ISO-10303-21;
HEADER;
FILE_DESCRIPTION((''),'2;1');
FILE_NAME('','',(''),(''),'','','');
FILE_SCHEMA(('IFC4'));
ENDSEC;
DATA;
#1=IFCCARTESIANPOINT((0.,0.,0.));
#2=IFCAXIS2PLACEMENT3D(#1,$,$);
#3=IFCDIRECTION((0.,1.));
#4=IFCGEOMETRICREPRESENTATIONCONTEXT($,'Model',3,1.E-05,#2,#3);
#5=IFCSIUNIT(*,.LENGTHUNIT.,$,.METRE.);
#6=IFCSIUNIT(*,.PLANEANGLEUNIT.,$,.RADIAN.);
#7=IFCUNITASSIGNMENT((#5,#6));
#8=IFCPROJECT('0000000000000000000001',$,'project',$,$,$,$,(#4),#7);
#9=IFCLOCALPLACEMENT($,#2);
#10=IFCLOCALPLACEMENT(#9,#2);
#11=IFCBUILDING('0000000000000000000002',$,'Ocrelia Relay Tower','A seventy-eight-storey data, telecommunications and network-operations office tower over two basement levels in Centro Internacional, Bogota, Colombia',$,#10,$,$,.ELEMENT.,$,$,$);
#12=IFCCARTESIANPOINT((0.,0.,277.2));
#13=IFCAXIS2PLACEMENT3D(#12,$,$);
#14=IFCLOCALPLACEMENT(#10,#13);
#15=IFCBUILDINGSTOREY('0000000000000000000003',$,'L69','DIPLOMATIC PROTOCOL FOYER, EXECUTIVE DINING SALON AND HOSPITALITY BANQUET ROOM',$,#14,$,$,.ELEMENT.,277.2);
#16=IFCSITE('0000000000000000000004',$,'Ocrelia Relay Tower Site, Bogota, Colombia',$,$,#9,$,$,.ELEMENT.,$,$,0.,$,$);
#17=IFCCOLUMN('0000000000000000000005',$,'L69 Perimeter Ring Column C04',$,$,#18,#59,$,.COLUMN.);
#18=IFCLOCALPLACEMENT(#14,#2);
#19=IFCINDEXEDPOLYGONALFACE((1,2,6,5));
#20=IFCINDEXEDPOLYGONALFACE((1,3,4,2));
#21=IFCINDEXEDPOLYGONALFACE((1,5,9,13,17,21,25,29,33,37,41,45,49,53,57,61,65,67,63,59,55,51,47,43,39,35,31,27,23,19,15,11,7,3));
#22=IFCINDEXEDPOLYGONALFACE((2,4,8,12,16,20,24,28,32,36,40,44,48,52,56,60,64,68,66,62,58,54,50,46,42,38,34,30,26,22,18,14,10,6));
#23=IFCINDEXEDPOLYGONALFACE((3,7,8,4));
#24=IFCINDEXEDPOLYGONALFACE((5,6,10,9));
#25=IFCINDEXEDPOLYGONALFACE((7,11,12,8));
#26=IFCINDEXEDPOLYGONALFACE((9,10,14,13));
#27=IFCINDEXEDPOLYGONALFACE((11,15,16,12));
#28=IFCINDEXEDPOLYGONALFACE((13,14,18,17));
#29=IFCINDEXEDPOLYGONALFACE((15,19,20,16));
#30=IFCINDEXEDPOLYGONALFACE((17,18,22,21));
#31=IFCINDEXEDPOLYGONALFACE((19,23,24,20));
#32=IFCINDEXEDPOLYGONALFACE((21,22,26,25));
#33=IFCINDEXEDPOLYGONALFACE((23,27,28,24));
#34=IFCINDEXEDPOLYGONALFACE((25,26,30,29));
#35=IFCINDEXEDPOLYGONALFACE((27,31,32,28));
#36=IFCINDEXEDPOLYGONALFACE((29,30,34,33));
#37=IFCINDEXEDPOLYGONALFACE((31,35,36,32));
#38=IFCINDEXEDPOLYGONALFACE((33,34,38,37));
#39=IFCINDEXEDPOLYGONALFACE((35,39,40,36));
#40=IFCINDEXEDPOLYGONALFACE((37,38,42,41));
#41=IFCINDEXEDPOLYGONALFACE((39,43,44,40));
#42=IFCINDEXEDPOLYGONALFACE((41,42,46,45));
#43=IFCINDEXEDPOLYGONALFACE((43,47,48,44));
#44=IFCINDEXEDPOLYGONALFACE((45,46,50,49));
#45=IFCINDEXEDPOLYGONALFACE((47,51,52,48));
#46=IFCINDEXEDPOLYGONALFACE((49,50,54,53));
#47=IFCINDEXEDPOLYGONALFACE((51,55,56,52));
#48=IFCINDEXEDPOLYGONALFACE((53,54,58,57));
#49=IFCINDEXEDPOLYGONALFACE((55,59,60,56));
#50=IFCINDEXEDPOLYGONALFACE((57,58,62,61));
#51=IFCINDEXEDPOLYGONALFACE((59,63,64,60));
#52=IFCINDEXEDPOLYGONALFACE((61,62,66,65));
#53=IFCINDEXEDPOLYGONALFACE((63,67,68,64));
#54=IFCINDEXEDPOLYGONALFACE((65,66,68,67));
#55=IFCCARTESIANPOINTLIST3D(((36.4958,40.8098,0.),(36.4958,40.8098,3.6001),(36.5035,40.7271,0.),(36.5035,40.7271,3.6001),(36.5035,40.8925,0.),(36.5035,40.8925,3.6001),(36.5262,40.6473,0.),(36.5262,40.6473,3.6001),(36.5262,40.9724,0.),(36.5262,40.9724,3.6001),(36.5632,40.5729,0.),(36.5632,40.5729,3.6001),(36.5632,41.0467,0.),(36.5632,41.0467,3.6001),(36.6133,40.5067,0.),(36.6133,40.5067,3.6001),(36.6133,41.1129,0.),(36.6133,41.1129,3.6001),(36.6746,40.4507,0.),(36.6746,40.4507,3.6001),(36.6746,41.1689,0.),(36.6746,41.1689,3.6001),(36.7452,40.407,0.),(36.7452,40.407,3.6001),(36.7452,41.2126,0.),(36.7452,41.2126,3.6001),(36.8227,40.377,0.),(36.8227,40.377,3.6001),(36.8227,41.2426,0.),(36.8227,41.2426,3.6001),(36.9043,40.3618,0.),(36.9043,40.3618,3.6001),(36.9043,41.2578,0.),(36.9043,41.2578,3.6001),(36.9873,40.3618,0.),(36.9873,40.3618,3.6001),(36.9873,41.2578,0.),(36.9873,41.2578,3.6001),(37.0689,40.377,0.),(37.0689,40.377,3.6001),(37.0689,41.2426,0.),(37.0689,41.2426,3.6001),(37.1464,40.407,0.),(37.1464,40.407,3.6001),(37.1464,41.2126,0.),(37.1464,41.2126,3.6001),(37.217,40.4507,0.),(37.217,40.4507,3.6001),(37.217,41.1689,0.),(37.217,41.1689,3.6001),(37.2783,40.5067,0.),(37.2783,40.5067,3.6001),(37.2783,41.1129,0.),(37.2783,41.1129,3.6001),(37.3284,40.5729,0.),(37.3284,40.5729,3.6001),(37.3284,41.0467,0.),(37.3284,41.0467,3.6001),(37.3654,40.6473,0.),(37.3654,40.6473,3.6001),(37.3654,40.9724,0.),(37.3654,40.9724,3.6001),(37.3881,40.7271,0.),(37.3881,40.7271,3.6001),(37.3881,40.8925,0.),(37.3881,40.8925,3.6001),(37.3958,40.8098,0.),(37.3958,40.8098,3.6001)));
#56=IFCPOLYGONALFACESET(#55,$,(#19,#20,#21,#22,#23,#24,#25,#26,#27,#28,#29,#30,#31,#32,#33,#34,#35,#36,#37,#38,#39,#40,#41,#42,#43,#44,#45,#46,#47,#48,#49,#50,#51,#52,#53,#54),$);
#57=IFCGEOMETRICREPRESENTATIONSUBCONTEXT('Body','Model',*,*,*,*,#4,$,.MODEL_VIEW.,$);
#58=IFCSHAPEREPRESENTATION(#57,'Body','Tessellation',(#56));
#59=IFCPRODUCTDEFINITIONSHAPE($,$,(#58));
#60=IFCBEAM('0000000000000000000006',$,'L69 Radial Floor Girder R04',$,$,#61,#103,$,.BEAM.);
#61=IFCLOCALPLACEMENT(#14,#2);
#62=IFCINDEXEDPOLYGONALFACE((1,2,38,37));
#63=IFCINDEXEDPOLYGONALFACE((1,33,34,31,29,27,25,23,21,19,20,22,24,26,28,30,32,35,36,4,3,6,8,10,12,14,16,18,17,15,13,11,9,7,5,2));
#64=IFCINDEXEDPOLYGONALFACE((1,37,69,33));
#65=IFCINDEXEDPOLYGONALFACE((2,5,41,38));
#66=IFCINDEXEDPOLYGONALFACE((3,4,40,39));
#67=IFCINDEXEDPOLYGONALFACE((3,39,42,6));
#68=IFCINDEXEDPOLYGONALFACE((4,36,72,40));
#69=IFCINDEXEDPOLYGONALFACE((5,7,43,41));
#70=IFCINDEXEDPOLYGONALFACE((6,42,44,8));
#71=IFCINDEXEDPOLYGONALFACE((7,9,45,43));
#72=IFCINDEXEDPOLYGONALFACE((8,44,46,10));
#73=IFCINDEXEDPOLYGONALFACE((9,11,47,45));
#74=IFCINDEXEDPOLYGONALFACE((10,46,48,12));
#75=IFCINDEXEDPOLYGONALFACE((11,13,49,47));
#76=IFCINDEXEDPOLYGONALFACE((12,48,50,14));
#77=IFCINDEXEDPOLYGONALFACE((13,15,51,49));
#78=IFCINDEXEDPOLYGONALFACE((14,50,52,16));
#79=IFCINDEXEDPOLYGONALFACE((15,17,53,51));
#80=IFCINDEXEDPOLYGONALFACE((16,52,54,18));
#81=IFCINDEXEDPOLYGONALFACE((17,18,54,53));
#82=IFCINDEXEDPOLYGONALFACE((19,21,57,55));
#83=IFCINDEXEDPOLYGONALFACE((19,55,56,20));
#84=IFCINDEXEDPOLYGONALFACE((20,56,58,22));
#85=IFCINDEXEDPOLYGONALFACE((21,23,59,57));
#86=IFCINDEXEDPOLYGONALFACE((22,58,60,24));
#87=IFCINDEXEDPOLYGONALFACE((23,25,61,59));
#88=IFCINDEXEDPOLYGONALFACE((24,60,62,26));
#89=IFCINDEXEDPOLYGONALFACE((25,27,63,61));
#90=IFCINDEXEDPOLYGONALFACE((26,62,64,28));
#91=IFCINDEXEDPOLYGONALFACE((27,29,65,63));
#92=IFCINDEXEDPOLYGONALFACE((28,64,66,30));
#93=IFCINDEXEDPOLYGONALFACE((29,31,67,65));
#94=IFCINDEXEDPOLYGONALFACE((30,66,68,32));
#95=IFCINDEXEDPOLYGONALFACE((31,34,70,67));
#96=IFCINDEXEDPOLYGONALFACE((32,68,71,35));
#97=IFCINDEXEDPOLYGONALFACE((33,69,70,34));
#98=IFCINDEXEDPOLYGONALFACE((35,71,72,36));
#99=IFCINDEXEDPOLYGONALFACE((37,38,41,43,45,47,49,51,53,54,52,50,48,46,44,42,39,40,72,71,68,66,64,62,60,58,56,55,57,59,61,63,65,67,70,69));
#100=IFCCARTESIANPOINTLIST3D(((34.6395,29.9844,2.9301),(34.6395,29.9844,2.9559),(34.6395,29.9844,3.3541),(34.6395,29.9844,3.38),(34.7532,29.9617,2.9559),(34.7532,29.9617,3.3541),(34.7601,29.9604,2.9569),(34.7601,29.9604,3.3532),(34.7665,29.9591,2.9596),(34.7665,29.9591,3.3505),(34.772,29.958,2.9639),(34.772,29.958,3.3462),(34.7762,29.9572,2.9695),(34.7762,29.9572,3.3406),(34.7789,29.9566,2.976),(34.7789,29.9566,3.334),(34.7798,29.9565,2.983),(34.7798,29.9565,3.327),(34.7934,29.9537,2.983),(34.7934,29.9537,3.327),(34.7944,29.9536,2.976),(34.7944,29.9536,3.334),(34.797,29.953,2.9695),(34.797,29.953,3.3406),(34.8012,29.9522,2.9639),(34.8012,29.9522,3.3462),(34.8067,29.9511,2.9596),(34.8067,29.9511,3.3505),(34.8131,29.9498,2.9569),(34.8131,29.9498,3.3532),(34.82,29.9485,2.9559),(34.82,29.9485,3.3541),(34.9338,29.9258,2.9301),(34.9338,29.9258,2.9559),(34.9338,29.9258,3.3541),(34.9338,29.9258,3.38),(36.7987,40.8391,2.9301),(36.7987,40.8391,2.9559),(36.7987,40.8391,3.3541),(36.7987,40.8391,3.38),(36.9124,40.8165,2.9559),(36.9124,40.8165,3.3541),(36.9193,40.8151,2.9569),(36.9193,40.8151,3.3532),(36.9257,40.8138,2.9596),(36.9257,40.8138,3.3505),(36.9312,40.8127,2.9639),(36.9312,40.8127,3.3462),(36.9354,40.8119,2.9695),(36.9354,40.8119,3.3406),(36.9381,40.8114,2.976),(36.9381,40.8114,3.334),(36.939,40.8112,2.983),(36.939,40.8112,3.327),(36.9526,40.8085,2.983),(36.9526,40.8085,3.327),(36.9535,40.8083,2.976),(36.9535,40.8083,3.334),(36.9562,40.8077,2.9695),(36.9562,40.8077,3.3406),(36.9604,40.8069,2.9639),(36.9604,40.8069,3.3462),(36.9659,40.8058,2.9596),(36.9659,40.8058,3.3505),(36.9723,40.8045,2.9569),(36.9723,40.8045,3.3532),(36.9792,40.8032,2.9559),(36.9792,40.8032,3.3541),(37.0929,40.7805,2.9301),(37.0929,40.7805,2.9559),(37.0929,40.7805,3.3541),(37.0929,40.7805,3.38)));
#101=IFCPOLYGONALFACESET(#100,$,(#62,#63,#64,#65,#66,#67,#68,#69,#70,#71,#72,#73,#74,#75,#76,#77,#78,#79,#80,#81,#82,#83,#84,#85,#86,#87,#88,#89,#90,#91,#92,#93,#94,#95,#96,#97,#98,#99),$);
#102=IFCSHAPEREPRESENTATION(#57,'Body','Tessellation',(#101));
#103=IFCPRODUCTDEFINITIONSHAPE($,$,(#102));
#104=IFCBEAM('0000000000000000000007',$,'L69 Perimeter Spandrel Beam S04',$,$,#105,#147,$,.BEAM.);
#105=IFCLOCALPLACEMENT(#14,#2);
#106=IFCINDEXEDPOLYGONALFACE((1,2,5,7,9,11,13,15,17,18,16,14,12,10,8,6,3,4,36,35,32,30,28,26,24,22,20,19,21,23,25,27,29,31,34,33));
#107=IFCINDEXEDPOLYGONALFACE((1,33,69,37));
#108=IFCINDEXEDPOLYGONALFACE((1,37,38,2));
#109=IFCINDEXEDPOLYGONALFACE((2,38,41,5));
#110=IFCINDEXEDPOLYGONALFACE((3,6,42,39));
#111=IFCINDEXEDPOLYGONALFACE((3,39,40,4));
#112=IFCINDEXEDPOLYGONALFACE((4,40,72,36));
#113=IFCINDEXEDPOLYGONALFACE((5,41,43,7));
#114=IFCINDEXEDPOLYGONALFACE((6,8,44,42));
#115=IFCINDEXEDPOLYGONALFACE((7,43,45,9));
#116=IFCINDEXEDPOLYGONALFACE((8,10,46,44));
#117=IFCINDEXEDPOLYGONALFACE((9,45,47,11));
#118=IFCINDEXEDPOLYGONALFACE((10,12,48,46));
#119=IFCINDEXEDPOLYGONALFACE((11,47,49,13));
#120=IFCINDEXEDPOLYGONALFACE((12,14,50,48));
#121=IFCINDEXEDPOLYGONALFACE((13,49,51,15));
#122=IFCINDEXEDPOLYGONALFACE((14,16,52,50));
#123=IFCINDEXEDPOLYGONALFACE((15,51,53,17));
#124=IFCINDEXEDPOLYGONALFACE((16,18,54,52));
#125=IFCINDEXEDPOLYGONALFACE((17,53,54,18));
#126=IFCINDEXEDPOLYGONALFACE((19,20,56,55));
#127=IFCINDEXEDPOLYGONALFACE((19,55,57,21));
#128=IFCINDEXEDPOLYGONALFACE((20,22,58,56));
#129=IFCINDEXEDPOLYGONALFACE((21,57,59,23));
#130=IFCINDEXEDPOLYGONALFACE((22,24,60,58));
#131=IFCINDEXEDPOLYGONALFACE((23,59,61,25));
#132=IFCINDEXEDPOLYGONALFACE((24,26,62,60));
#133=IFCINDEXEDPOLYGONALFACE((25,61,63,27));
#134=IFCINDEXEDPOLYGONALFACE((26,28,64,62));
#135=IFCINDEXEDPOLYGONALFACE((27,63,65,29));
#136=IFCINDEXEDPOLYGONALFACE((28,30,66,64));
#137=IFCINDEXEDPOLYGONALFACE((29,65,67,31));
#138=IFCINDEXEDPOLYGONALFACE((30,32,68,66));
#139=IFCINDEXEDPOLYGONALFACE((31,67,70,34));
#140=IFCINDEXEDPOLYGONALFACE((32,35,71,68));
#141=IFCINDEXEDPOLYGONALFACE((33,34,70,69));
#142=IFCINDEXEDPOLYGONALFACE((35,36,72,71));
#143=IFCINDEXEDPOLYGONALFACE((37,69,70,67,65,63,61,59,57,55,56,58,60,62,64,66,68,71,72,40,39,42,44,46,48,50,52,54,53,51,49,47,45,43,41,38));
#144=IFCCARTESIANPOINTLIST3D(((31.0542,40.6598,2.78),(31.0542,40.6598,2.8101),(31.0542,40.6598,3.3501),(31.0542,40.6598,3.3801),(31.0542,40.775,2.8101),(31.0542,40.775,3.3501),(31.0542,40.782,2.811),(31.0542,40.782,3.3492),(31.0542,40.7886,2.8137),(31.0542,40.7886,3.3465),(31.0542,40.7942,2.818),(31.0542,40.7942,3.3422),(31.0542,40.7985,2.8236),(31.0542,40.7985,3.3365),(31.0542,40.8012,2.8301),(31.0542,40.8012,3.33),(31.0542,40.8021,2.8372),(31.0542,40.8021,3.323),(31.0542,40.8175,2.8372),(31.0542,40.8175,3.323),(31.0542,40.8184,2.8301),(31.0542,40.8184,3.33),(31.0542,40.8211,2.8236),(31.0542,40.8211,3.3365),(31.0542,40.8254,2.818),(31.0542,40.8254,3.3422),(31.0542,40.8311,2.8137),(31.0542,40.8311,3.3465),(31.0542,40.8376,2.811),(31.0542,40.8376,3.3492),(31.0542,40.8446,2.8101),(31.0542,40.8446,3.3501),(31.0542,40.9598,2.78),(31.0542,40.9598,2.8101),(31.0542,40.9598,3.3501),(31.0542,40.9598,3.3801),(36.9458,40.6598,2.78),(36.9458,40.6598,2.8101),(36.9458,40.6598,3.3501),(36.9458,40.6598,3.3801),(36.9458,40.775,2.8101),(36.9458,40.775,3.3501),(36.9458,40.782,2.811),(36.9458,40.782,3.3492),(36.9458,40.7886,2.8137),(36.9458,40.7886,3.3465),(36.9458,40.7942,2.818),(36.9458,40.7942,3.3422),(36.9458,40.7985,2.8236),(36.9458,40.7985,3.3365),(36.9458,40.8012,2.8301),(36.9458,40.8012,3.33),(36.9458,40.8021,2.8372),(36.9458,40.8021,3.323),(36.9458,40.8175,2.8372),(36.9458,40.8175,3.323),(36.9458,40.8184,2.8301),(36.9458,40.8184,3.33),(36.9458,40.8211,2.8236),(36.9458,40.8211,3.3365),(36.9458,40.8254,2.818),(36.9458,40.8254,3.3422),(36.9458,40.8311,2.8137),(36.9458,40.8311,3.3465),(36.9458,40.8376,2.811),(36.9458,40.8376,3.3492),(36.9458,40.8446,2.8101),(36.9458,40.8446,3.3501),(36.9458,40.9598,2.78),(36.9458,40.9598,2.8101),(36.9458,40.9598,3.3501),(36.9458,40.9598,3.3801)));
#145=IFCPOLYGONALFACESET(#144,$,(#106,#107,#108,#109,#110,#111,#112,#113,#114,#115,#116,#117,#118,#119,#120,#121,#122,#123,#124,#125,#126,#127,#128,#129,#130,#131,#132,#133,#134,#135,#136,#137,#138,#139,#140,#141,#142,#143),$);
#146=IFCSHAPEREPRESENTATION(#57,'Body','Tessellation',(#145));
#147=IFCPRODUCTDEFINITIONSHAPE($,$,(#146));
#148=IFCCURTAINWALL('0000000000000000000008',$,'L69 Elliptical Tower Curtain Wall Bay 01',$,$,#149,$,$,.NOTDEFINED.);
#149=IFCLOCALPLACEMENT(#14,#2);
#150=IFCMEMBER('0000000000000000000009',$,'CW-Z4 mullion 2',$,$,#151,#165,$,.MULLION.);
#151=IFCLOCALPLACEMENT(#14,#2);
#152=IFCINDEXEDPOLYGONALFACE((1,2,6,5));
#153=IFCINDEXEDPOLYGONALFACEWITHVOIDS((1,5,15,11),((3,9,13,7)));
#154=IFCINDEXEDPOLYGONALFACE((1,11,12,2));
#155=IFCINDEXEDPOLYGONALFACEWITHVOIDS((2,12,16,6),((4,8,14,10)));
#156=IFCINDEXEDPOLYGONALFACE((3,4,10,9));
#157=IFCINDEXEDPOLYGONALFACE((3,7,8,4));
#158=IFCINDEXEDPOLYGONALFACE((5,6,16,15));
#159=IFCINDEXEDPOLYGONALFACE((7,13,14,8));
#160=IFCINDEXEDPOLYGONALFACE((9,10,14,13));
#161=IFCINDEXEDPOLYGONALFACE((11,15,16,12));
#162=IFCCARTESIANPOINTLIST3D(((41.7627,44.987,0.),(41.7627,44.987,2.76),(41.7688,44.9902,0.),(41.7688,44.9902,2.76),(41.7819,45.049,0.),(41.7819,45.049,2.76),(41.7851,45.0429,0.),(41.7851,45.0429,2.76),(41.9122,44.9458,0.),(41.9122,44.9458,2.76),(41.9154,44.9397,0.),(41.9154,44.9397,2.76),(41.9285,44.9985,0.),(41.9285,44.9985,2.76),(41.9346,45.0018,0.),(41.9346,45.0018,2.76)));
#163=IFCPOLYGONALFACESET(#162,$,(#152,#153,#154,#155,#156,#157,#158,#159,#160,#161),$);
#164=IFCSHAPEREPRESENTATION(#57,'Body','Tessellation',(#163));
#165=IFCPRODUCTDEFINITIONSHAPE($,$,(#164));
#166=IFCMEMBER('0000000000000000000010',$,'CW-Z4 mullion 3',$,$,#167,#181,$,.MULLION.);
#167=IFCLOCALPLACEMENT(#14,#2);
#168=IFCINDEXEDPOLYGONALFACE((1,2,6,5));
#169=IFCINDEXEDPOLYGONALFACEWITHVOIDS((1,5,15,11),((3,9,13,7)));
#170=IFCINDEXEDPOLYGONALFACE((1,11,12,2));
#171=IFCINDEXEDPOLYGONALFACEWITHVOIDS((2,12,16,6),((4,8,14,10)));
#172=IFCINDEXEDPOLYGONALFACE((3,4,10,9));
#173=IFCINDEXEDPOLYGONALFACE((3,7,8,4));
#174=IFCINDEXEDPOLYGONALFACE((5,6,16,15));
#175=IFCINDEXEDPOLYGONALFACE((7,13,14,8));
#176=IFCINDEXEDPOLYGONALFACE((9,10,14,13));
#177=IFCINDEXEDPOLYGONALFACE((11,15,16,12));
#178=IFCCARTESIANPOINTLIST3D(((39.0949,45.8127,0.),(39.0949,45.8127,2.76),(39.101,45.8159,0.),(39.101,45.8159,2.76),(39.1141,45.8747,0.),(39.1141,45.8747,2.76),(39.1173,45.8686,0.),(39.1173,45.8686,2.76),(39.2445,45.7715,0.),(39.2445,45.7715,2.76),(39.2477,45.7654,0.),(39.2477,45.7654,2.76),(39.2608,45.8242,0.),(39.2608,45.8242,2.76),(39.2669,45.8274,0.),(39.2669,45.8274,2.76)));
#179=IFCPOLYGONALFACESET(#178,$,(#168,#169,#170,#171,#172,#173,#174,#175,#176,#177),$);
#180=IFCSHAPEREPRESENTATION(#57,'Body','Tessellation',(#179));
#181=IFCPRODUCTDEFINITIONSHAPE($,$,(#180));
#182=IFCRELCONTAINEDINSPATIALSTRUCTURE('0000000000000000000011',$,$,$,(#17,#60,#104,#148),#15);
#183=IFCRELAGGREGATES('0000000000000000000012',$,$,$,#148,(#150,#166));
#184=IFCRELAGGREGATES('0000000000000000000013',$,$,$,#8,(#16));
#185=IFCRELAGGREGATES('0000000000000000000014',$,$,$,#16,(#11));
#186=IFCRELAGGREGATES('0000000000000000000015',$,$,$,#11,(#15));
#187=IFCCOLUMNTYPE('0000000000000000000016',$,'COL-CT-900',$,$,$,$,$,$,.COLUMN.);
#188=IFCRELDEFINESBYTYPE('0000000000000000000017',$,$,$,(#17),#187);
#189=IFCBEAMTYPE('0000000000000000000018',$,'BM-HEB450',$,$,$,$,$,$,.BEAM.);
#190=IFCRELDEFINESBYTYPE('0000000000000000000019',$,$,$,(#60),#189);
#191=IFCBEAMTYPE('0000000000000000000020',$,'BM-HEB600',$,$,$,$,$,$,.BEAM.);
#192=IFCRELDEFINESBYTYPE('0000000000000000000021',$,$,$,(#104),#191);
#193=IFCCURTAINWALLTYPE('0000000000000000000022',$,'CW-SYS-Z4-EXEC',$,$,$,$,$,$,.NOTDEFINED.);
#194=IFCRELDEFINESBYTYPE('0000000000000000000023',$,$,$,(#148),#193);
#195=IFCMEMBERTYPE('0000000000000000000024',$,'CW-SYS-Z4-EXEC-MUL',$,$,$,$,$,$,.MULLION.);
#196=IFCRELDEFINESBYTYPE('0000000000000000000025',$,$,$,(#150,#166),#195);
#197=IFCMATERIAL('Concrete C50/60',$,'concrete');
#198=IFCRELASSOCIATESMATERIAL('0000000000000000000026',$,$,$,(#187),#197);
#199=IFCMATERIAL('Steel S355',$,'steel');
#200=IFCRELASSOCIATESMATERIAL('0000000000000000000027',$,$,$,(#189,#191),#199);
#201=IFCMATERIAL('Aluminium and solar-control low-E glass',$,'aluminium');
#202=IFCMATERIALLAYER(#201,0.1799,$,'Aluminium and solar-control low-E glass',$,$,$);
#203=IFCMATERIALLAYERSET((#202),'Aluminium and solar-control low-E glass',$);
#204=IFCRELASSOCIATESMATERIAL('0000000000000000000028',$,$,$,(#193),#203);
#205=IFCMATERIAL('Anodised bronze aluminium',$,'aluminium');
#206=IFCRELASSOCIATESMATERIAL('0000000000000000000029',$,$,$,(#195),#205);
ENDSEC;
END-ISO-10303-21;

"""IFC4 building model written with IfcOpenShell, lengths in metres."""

from ifc_helpers import new_model, si_unit, direction, frame, origin, origin_2d, place, context, subcontext, project, spatial, hollow_rectangle, circle, i_section, extrude, material, layer, layer_set, material_profile, profile_set, type_object, element, aggregate, save


model = new_model("IFC4")

# Units and contexts
model_context = context("Model", 3, precision=1e-05, world=origin(), true_north=direction((0.0, 1.0)))
body_context = subcontext(model_context, "Body", "Model", "MODEL_VIEW")
ifc_project = project(units=[si_unit("LENGTHUNIT", "METRE"), si_unit("PLANEANGLEUNIT", "RADIAN")], contexts=[model_context])

# Site, building, storey
site_placement = place(None, origin())
site = spatial("IfcSite", under=ifc_project, at=site_placement, Name="Ocrelia Relay Tower Site, Bogota, Colombia", CompositionType="ELEMENT", RefElevation=0.0)
building_placement = place(site_placement, origin())
building = spatial("IfcBuilding", under=site, at=building_placement, Name="Ocrelia Relay Tower", Description="A seventy-eight-storey data, telecommunications and network-operations office tower over two basement levels in Centro Internacional, Bogota, Colombia", CompositionType="ELEMENT")
storey_placement = place(building_placement, frame((0.0, 0.0, 277.2)))
storey = spatial("IfcBuildingStorey", under=building, at=storey_placement, Name="L69", Description="DIPLOMATIC PROTOCOL FOYER, EXECUTIVE DINING SALON AND HOSPITALITY BANQUET ROOM", CompositionType="ELEMENT", Elevation=277.2)

# Column
ifc_material_1 = material(Name="Concrete C50/60", Category="concrete")
ifc_material_profile_1 = material_profile(ifc_material_1, circle(Radius=0.45, at=origin_2d()), Name="RC-CIR-900")
ifc_profile_set_1 = profile_set([ifc_material_profile_1], Name="Concrete C50/60")
column_type = type_object("IfcColumnType", Name="COL-CT-900", PredefinedType="COLUMN", material=ifc_profile_set_1)
column_placement = place(storey_placement, frame((36.9458, 40.8098, 0.0), z_axis=(0.0, 0.0, 1.0), x_axis=(1.0, 0.0, 0.0)))
element("IfcColumn", 1, at=column_placement, inside=storey, type_object=column_type, Name="L69 Perimeter Ring Column C04", PredefinedType="COLUMN", context=body_context, shape_type="SweptSolid", body=[
    extrude(circle(Radius=0.45, at=origin_2d()), origin(), (0.0, 0.0, 1.0), 3.6001),
])

# Beams
ifc_material_2 = material(Name="Steel S355", Category="steel")
ifc_material_profile_2 = material_profile(ifc_material_2, i_section(OverallWidth=0.3, OverallDepth=0.45, WebThickness=0.0139, FlangeThickness=0.0259, FilletRadius=0.0271, at=origin_2d()), Name="HEB 450")
ifc_profile_set_2 = profile_set([ifc_material_profile_2], Name="Steel S355")
beam_type_1 = type_object("IfcBeamType", Name="BM-HEB450", PredefinedType="BEAM", material=ifc_profile_set_2)
beam_1_placement = place(storey_placement, frame((36.9458, 40.8098, 3.155), z_axis=(-0.195094, -0.980785, 0.0), x_axis=(0.980785, -0.195094, 0.0)))
element("IfcBeam", 2, at=beam_1_placement, inside=storey, type_object=beam_type_1, Name="L69 Radial Floor Girder R04", PredefinedType="BEAM", context=body_context, shape_type="SweptSolid", body=[
    extrude(i_section(OverallWidth=0.3, OverallDepth=0.45, WebThickness=0.0139, FlangeThickness=0.0259, FilletRadius=0.0271, at=origin_2d()), origin(), (0.0, 0.0, 1.0), 11.0674),
])
ifc_material_profile_3 = material_profile(ifc_material_2, i_section(OverallWidth=0.3, OverallDepth=0.6001, WebThickness=0.0154, FlangeThickness=0.03, FilletRadius=0.0271, at=origin_2d()), Name="HEB 600")
ifc_profile_set_3 = profile_set([ifc_material_profile_3], Name="Steel S355")
beam_type_2 = type_object("IfcBeamType", Name="BM-HEB600", PredefinedType="BEAM", material=ifc_profile_set_3)
beam_2_placement = place(storey_placement, frame((36.9458, 40.8098, 3.0801), z_axis=(-1.0, 0.0, 0.0), x_axis=(0.0, -1.0, 0.0)))
element("IfcBeam", 3, at=beam_2_placement, inside=storey, type_object=beam_type_2, Name="L69 Perimeter Spandrel Beam S04", PredefinedType="BEAM", context=body_context, shape_type="SweptSolid", body=[
    extrude(i_section(OverallWidth=0.3, OverallDepth=0.6001, WebThickness=0.0154, FlangeThickness=0.03, FilletRadius=0.0271, at=origin_2d()), origin(), (0.0, 0.0, 1.0), 5.8916),
])

# Curtain wall, members
ifc_material_3 = material(Name="Aluminium and solar-control low-E glass", Category="aluminium")
ifc_layer_1 = layer(ifc_material_3, 0.1799, Name="Aluminium and solar-control low-E glass")
ifc_layer_set_1 = layer_set([ifc_layer_1], Name="Aluminium and solar-control low-E glass")
curtain_wall_type = type_object("IfcCurtainWallType", Name="CW-SYS-Z4-EXEC", PredefinedType="NOTDEFINED", material=ifc_layer_set_1)
curtain_wall_placement = place(storey_placement, origin())
curtain_wall = element("IfcCurtainWall", 4, at=curtain_wall_placement, inside=storey, type_object=curtain_wall_type, Name="L69 Elliptical Tower Curtain Wall Bay 01", PredefinedType="NOTDEFINED")
ifc_material_4 = material(Name="Anodised bronze aluminium", Category="aluminium")
ifc_material_profile_4 = material_profile(ifc_material_4, hollow_rectangle(XDim=0.0649, YDim=0.1599, WallThickness=0.0049, at=origin_2d()), Name="CW-MUL-160x65")
ifc_profile_set_4 = profile_set([ifc_material_profile_4], Name="Anodised bronze aluminium")
member_type_1 = type_object("IfcMemberType", Name="CW-SYS-Z4-EXEC-MUL", PredefinedType="MULLION", material=ifc_profile_set_4)
member_1_placement = place(storey_placement, frame((41.8486, 44.9944, 0.0), z_axis=(0.0, 0.0, 1.0), x_axis=(-0.295665, -0.955292, 0.0)))
member_1 = element("IfcMember", 5, at=member_1_placement, type_object=member_type_1, Name="CW-Z4 mullion 2", PredefinedType="MULLION", context=body_context, shape_type="SweptSolid", body=[
    extrude(hollow_rectangle(XDim=0.0649, YDim=0.1599, WallThickness=0.0049, at=origin_2d()), origin(), (0.0, 0.0, 1.0), 2.76),
])
member_2_placement = place(storey_placement, frame((39.1809, 45.8201, 0.0), z_axis=(0.0, 0.0, 1.0), x_axis=(-0.295665, -0.955292, 0.0)))
member_2 = element("IfcMember", 6, at=member_2_placement, type_object=member_type_1, Name="CW-Z4 mullion 3", PredefinedType="MULLION", context=body_context, shape_type="SweptSolid", body=[
    extrude(hollow_rectangle(XDim=0.0649, YDim=0.1599, WallThickness=0.0049, at=origin_2d()), origin(), (0.0, 0.0, 1.0), 2.76),
])
aggregate(curtain_wall, [member_1, member_2])

save(model, "model.ifc")
